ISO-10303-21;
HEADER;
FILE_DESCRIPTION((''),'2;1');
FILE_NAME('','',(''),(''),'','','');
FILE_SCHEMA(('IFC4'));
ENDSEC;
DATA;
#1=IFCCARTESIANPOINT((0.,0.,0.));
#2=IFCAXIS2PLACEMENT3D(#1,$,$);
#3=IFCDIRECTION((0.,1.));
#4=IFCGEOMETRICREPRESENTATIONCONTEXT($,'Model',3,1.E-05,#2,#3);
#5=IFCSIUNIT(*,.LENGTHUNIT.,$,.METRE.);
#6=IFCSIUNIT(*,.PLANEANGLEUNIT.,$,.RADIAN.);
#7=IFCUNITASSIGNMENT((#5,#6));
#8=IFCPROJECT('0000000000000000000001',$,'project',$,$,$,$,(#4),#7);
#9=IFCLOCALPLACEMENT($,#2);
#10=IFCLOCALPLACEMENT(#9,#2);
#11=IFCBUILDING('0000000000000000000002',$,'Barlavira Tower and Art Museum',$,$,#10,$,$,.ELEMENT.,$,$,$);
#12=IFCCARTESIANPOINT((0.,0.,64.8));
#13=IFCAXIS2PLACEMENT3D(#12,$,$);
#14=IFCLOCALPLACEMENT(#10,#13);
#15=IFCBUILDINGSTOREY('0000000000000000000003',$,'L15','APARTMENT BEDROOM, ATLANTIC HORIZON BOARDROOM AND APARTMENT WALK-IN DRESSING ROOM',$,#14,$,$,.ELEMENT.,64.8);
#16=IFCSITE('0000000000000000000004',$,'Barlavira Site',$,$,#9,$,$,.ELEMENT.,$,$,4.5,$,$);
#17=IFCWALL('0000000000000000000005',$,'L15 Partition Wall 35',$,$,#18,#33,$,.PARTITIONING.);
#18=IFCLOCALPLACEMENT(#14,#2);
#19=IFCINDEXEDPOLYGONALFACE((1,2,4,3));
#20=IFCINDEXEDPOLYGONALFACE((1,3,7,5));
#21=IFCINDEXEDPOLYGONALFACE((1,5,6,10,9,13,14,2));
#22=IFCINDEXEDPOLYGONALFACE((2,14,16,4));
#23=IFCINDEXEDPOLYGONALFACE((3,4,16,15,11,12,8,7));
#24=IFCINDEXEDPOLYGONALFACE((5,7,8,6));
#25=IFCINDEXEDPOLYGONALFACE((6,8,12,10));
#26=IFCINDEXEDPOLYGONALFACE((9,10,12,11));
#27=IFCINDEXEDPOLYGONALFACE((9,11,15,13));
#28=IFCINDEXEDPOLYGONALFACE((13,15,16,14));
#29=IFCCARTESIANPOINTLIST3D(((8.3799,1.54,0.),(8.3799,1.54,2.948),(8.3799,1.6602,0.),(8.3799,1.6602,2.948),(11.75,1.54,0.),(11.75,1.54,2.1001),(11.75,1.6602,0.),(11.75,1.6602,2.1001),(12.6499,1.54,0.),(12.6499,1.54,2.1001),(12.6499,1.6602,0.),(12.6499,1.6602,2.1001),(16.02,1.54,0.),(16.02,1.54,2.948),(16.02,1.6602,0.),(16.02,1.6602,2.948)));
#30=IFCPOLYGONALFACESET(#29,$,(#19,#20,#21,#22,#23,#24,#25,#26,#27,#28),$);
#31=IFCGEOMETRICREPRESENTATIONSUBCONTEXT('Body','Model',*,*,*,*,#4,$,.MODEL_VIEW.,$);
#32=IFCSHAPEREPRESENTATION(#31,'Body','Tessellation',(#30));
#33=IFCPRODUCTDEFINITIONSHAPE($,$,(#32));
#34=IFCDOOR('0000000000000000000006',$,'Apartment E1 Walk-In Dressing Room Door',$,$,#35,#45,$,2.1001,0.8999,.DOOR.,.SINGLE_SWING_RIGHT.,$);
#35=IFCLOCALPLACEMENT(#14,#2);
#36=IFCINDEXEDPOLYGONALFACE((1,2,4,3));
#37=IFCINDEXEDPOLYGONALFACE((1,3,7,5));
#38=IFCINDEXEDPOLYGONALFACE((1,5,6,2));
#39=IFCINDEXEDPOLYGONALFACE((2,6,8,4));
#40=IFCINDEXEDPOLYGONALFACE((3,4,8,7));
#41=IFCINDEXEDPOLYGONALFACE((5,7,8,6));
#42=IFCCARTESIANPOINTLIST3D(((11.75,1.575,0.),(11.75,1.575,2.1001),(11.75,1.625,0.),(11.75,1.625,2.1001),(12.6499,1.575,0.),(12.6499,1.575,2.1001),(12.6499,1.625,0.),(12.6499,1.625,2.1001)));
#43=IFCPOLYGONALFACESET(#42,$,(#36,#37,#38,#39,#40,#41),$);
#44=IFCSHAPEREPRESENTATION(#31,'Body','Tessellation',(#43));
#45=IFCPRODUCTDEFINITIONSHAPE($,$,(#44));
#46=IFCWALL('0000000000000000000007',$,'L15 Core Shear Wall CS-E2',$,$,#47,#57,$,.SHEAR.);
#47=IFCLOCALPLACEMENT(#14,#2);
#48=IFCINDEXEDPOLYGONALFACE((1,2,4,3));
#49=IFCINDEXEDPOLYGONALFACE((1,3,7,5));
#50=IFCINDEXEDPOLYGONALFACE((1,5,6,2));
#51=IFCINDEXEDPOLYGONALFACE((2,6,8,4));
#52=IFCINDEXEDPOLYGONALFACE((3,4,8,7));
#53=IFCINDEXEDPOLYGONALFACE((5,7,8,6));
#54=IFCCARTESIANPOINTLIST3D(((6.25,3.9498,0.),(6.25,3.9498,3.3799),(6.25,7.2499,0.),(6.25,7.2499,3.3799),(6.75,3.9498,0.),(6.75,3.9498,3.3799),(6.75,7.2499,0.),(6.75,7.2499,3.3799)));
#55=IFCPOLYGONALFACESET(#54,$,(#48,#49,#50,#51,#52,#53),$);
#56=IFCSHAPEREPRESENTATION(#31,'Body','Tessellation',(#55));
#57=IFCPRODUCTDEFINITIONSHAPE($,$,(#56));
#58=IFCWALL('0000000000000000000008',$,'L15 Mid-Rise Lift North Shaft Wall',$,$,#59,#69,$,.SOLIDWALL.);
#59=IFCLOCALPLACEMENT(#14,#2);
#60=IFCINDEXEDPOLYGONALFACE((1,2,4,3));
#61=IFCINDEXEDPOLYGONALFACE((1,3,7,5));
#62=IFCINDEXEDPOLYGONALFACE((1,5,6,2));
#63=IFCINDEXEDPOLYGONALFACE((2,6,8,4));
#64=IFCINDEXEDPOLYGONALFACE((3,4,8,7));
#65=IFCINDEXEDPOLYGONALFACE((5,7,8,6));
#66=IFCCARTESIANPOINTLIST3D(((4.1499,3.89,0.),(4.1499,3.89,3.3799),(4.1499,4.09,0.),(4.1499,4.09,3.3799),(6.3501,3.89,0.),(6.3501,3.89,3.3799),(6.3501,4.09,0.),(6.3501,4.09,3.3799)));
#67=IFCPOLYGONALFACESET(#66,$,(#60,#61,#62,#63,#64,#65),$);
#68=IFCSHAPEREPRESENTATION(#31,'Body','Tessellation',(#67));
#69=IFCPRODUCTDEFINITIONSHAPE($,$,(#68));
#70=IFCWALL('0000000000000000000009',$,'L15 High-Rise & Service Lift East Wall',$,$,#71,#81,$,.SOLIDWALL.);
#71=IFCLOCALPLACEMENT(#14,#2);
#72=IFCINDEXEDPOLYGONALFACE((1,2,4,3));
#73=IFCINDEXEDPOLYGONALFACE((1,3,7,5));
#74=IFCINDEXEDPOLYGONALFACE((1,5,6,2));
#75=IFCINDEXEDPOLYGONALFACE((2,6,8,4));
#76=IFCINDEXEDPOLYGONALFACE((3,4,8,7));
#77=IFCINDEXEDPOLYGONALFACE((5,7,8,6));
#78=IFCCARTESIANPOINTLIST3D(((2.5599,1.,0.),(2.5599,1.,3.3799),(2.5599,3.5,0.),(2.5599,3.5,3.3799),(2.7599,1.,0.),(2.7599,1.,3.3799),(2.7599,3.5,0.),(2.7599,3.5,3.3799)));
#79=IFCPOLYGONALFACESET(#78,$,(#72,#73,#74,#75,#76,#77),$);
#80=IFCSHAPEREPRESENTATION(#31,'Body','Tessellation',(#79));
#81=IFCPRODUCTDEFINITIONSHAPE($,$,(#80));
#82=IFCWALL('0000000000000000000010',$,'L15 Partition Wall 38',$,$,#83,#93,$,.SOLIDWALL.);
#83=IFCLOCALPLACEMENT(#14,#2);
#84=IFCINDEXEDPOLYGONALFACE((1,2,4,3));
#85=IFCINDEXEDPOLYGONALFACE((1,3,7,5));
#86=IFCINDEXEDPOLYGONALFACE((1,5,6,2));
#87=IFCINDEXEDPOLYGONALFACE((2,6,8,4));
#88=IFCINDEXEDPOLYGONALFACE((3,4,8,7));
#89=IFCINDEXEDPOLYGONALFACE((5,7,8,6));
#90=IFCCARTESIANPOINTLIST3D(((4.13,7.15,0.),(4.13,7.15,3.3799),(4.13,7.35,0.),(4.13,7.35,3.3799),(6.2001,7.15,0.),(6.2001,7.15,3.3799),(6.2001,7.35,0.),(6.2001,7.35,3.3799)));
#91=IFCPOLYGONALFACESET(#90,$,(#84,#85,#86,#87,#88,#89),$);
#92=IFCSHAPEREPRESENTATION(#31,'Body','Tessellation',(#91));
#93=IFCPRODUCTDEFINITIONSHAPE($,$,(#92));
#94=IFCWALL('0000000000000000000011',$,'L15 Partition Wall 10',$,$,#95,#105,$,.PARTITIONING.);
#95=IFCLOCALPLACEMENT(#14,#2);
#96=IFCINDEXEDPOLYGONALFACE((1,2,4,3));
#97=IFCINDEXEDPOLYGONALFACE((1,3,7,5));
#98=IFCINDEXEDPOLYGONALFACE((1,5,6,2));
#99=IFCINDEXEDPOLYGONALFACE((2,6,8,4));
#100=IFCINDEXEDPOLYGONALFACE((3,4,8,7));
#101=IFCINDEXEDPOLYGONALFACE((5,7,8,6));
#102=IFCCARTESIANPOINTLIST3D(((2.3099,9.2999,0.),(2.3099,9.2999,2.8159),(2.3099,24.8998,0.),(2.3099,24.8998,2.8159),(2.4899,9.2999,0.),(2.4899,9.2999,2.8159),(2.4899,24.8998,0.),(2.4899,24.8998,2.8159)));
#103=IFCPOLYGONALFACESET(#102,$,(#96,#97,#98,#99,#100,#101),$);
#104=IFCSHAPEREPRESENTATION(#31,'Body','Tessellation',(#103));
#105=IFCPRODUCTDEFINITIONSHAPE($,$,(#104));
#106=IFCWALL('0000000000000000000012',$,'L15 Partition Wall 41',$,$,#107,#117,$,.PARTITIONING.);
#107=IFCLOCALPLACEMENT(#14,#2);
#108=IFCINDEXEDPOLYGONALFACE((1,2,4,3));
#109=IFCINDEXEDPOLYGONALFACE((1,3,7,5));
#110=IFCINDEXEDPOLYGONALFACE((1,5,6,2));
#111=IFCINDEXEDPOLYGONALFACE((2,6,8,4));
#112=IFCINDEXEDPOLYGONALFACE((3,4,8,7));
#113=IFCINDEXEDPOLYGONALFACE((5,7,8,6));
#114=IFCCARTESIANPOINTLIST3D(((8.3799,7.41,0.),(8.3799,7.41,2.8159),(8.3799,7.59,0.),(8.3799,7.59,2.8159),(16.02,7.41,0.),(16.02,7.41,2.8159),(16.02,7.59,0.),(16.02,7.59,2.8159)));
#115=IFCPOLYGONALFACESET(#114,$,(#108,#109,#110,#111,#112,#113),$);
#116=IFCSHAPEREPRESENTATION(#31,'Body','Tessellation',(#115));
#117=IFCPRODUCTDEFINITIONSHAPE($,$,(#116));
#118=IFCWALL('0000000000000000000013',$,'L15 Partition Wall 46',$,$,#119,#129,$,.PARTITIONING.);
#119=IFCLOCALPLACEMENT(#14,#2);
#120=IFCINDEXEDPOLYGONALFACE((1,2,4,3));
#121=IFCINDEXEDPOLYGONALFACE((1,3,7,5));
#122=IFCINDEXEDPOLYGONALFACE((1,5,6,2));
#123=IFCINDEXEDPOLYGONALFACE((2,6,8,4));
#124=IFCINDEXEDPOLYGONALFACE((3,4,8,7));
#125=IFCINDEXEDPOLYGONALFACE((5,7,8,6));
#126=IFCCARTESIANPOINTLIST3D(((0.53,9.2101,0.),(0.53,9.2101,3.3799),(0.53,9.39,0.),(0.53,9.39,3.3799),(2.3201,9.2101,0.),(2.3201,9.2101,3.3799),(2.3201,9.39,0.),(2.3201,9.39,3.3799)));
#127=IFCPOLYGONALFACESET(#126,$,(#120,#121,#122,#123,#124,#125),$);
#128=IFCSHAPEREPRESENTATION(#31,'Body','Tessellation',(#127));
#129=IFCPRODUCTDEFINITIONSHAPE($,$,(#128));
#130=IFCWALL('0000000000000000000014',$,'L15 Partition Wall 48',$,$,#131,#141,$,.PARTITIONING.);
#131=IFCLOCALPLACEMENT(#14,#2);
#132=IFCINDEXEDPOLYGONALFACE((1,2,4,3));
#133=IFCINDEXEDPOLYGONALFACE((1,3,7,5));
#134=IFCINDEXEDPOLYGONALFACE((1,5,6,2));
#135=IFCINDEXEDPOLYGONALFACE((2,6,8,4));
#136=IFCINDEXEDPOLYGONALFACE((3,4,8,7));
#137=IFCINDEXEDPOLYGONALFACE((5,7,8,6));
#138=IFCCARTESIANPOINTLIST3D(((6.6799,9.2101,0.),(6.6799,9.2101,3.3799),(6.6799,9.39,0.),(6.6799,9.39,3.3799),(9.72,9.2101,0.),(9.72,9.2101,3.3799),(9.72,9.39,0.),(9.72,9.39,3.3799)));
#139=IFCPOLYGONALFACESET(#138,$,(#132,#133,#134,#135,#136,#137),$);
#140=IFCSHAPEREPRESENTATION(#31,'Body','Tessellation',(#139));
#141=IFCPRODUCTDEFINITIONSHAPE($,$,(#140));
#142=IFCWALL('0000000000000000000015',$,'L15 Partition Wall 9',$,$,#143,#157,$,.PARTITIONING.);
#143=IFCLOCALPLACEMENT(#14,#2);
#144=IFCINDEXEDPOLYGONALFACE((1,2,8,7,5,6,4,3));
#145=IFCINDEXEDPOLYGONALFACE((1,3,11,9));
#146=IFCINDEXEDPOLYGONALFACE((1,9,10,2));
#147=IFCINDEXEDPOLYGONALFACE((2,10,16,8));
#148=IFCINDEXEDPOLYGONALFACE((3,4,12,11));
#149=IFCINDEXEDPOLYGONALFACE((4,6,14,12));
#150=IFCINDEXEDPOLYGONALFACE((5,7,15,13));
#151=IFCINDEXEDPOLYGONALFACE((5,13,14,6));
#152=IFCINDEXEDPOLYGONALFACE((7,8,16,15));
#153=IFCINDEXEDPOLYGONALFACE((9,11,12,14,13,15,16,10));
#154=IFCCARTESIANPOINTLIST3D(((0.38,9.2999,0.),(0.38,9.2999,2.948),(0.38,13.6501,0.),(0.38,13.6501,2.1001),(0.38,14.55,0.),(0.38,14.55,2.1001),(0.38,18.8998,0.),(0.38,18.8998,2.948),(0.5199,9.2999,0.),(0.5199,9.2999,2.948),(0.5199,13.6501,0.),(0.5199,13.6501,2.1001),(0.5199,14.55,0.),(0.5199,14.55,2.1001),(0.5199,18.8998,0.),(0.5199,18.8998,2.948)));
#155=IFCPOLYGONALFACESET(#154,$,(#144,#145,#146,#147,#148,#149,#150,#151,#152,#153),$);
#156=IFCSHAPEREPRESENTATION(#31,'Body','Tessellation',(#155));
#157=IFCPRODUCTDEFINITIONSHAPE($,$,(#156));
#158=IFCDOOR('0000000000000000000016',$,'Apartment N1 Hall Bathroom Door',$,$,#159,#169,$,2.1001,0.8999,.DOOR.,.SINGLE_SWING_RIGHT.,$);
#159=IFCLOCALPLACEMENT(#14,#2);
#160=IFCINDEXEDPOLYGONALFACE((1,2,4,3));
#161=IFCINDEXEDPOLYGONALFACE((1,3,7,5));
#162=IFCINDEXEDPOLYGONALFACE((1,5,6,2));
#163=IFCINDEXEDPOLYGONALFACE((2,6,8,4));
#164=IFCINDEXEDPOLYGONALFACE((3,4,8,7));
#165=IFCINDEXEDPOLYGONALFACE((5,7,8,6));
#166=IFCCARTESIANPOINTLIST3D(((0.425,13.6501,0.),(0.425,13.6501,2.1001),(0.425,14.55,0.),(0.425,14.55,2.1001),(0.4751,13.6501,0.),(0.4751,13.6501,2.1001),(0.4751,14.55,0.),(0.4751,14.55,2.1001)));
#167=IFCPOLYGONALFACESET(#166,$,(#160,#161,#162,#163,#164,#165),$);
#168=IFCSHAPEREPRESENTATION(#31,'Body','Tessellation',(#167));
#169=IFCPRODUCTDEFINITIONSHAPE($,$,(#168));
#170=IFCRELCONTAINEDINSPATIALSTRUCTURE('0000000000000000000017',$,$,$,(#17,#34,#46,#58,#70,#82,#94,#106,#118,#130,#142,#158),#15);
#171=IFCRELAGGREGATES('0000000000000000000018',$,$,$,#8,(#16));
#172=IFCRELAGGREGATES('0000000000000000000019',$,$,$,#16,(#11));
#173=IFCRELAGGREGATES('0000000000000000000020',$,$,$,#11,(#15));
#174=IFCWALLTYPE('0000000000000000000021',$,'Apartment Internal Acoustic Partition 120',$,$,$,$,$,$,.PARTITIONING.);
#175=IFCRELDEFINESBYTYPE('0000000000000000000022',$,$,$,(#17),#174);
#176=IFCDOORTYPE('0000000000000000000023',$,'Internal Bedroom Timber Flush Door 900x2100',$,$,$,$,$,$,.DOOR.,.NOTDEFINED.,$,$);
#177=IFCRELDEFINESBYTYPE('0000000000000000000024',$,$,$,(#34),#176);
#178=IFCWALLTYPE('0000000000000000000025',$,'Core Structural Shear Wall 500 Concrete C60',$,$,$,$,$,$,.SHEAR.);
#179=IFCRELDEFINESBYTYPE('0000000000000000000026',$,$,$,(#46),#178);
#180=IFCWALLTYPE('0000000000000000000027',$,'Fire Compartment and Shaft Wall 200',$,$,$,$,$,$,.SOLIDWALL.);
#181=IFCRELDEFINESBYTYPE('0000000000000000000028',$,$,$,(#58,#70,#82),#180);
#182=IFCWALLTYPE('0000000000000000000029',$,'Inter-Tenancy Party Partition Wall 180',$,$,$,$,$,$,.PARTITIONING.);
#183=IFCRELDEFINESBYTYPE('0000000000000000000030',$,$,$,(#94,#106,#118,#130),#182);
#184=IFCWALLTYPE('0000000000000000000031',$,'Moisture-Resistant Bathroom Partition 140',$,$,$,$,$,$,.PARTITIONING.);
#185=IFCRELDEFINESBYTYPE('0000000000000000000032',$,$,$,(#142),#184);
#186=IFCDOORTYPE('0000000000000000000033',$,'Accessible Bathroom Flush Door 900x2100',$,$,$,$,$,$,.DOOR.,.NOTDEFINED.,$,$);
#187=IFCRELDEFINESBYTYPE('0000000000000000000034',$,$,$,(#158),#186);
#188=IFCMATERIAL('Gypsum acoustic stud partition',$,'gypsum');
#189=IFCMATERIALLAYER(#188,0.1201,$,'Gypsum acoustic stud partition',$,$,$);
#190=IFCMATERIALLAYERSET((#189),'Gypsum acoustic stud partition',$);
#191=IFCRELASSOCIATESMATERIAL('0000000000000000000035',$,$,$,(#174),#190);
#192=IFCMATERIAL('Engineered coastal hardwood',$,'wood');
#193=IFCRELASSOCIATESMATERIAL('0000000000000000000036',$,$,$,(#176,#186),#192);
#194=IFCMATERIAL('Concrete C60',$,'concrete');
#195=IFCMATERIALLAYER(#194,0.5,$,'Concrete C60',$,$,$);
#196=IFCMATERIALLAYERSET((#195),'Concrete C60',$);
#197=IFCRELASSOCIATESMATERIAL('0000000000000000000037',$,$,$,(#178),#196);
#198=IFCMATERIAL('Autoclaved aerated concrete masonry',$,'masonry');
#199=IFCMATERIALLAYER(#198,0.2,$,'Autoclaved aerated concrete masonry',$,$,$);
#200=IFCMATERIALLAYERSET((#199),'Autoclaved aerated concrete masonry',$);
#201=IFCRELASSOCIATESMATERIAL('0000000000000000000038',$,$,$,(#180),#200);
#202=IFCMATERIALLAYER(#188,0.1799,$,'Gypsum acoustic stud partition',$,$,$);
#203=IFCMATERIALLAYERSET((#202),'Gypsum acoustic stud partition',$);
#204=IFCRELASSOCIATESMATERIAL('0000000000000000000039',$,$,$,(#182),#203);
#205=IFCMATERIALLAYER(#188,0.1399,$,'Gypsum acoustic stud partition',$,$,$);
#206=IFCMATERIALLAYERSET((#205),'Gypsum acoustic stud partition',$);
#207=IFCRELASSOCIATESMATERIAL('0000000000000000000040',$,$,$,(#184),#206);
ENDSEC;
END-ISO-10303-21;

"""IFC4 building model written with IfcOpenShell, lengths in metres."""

from ifc_helpers import new_model, si_unit, direction, frame, frame_2d, origin, place, context, subcontext, project, spatial, rectangle, extrude, material, layer, layer_set, type_object, element, fill, save


model = new_model("IFC4")

# Units and contexts
model_context = context("Model", 3, precision=1e-05, world=origin(), true_north=direction((0.0, 1.0)))
body_context = subcontext(model_context, "Body", "Model", "MODEL_VIEW")
ifc_project = project(units=[si_unit("LENGTHUNIT", "METRE"), si_unit("PLANEANGLEUNIT", "RADIAN")], contexts=[model_context])

# Site, building, storey
site_placement = place(None, origin())
site = spatial("IfcSite", under=ifc_project, at=site_placement, Name="Barlavira Site", CompositionType="ELEMENT", RefElevation=4.5)
building_placement = place(site_placement, origin())
building = spatial("IfcBuilding", under=site, at=building_placement, Name="Barlavira Tower and Art Museum", CompositionType="ELEMENT")
storey_placement = place(building_placement, frame((0.0, 0.0, 64.8)))
storey = spatial("IfcBuildingStorey", under=building, at=storey_placement, Name="L15", Description="APARTMENT BEDROOM, ATLANTIC HORIZON BOARDROOM AND APARTMENT WALK-IN DRESSING ROOM", CompositionType="ELEMENT", Elevation=64.8)

# Wall, opening, door
ifc_material_1 = material(Name="Gypsum acoustic stud partition", Category="gypsum")
ifc_layer_1 = layer(ifc_material_1, 0.1201, Name="Gypsum acoustic stud partition")
ifc_layer_set_1 = layer_set([ifc_layer_1], Name="Gypsum acoustic stud partition")
wall_type_1 = type_object("IfcWallType", Name="Apartment Internal Acoustic Partition 120", PredefinedType="PARTITIONING", material=ifc_layer_set_1)
ifc_material_2 = material(Name="Engineered coastal hardwood", Category="wood")
wall_1_placement = place(storey_placement, frame((8.3799, 1.6001, 0.0), z_axis=(0.0, 0.0, 1.0), x_axis=(1.0, 0.0, 0.0)))
wall_1 = element("IfcWall", 1, at=wall_1_placement, inside=storey, type_object=wall_type_1, Name="L15 Partition Wall 35", PredefinedType="PARTITIONING", context=body_context, shape_type="SweptSolid", body=[
    extrude(rectangle(XDim=7.6401, YDim=0.1201, at=frame_2d((3.8201, 0.0))), origin(), (0.0, 0.0, 1.0), 2.948),
])
opening_1_placement = place(wall_1_placement, frame((3.3701, 0.0, 0.0)))
opening_1 = element("IfcOpeningElement", 2, at=opening_1_placement, cuts=wall_1, PredefinedType="OPENING", context=body_context, shape_type="SweptSolid", body=[
    extrude(rectangle(XDim=0.8999, YDim=2.1001, at=frame_2d((0.45, 1.05))), frame((0.0, 0.0701, 0.0), z_axis=(0.0, -1.0, 0.0), x_axis=(1.0, 0.0, 0.0)), (0.0, 0.0, 1.0), 0.1401),
])
door_type_1 = type_object("IfcDoorType", Name="Internal Bedroom Timber Flush Door 900x2100", OperationType="NOTDEFINED", PredefinedType="DOOR", material=ifc_material_2)
door_1_placement = place(opening_1_placement, origin())
door_1 = element("IfcDoor", 3, at=door_1_placement, inside=storey, type_object=door_type_1, Name="Apartment E1 Walk-In Dressing Room Door", OperationType="SINGLE_SWING_RIGHT", OverallHeight=2.1001, OverallWidth=0.8999, PredefinedType="DOOR", context=body_context, shape_type="SweptSolid", body=[
    extrude(rectangle(XDim=0.8999, YDim=2.1001, at=frame_2d((0.45, 1.05))), frame((0.0, 0.0249, 0.0), z_axis=(0.0, -1.0, 0.0), x_axis=(1.0, 0.0, 0.0)), (0.0, 0.0, 1.0), 0.05),
])
fill(opening_1, door_1)

# Walls
ifc_material_3 = material(Name="Concrete C60", Category="concrete")
ifc_layer_2 = layer(ifc_material_3, 0.5, Name="Concrete C60")
ifc_layer_set_2 = layer_set([ifc_layer_2], Name="Concrete C60")
wall_type_2 = type_object("IfcWallType", Name="Core Structural Shear Wall 500 Concrete C60", PredefinedType="SHEAR", material=ifc_layer_set_2)
wall_2_placement = place(storey_placement, frame((6.5, 3.95, 0.0), z_axis=(0.0, 0.0, 1.0), x_axis=(0.0, 1.0, 0.0)))
element("IfcWall", 4, at=wall_2_placement, inside=storey, type_object=wall_type_2, Name="L15 Core Shear Wall CS-E2", PredefinedType="SHEAR", context=body_context, shape_type="SweptSolid", body=[
    extrude(rectangle(XDim=3.3, YDim=0.5, at=frame_2d((1.6499, 0.0))), origin(), (0.0, 0.0, 1.0), 3.3799),
])
ifc_material_4 = material(Name="Autoclaved aerated concrete masonry", Category="masonry")
ifc_layer_3 = layer(ifc_material_4, 0.2, Name="Autoclaved aerated concrete masonry")
ifc_layer_set_3 = layer_set([ifc_layer_3], Name="Autoclaved aerated concrete masonry")
wall_type_3 = type_object("IfcWallType", Name="Fire Compartment and Shaft Wall 200", PredefinedType="SOLIDWALL", material=ifc_layer_set_3)
wall_3_placement = place(storey_placement, frame((4.1499, 3.99, 0.0), z_axis=(0.0, 0.0, 1.0), x_axis=(1.0, 0.0, 0.0)))
element("IfcWall", 5, at=wall_3_placement, inside=storey, type_object=wall_type_3, Name="L15 Mid-Rise Lift North Shaft Wall", PredefinedType="SOLIDWALL", context=body_context, shape_type="SweptSolid", body=[
    extrude(rectangle(XDim=2.2002, YDim=0.2, at=frame_2d((1.1001, 0.0))), origin(), (0.0, 0.0, 1.0), 3.3799),
])
wall_4_placement = place(storey_placement, frame((2.6599, 1.0, 0.0), z_axis=(0.0, 0.0, 1.0), x_axis=(0.0, 1.0, 0.0)))
element("IfcWall", 6, at=wall_4_placement, inside=storey, type_object=wall_type_3, Name="L15 High-Rise & Service Lift East Wall", PredefinedType="SOLIDWALL", context=body_context, shape_type="SweptSolid", body=[
    extrude(rectangle(XDim=2.5, YDim=0.2, at=frame_2d((1.25, 0.0))), origin(), (0.0, 0.0, 1.0), 3.3799),
])

# Walls
wall_5_placement = place(storey_placement, frame((4.1299, 7.25, 0.0), z_axis=(0.0, 0.0, 1.0), x_axis=(1.0, 0.0, 0.0)))
element("IfcWall", 7, at=wall_5_placement, inside=storey, type_object=wall_type_3, Name="L15 Partition Wall 38", PredefinedType="SOLIDWALL", context=body_context, shape_type="SweptSolid", body=[
    extrude(rectangle(XDim=2.0701, YDim=0.2, at=frame_2d((1.0352, 0.0))), origin(), (0.0, 0.0, 1.0), 3.3799),
])
ifc_layer_4 = layer(ifc_material_1, 0.1799, Name="Gypsum acoustic stud partition")
ifc_layer_set_4 = layer_set([ifc_layer_4], Name="Gypsum acoustic stud partition")
wall_type_4 = type_object("IfcWallType", Name="Inter-Tenancy Party Partition Wall 180", PredefinedType="PARTITIONING", material=ifc_layer_set_4)
wall_6_placement = place(storey_placement, frame((2.3999, 9.3, 0.0), z_axis=(0.0, 0.0, 1.0), x_axis=(0.0, 1.0, 0.0)))
element("IfcWall", 8, at=wall_6_placement, inside=storey, type_object=wall_type_4, Name="L15 Partition Wall 10", PredefinedType="PARTITIONING", context=body_context, shape_type="SweptSolid", body=[
    extrude(rectangle(XDim=15.5999, YDim=0.1799, at=frame_2d((7.7998, 0.0))), origin(), (0.0, 0.0, 1.0), 2.8159),
])
wall_7_placement = place(storey_placement, frame((8.3799, 7.5, 0.0), z_axis=(0.0, 0.0, 1.0), x_axis=(1.0, 0.0, 0.0)))
element("IfcWall", 9, at=wall_7_placement, inside=storey, type_object=wall_type_4, Name="L15 Partition Wall 41", PredefinedType="PARTITIONING", context=body_context, shape_type="SweptSolid", body=[
    extrude(rectangle(XDim=7.6401, YDim=0.1799, at=frame_2d((3.8201, 0.0))), origin(), (0.0, 0.0, 1.0), 2.8159),
])
wall_8_placement = place(storey_placement, frame((0.53, 9.3, 0.0), z_axis=(0.0, 0.0, 1.0), x_axis=(1.0, 0.0, 0.0)))
element("IfcWall", 10, at=wall_8_placement, inside=storey, type_object=wall_type_4, Name="L15 Partition Wall 46", PredefinedType="PARTITIONING", context=body_context, shape_type="SweptSolid", body=[
    extrude(rectangle(XDim=1.79, YDim=0.1799, at=frame_2d((0.895, 0.0))), origin(), (0.0, 0.0, 1.0), 3.3799),
])

# Wall
wall_9_placement = place(storey_placement, frame((6.6799, 9.3, 0.0), z_axis=(0.0, 0.0, 1.0), x_axis=(1.0, 0.0, 0.0)))
element("IfcWall", 11, at=wall_9_placement, inside=storey, type_object=wall_type_4, Name="L15 Partition Wall 48", PredefinedType="PARTITIONING", context=body_context, shape_type="SweptSolid", body=[
    extrude(rectangle(XDim=3.04, YDim=0.1799, at=frame_2d((1.52, 0.0))), origin(), (0.0, 0.0, 1.0), 3.3799),
])

# Wall, opening, door
ifc_layer_5 = layer(ifc_material_1, 0.1399, Name="Gypsum acoustic stud partition")
ifc_layer_set_5 = layer_set([ifc_layer_5], Name="Gypsum acoustic stud partition")
wall_type_5 = type_object("IfcWallType", Name="Moisture-Resistant Bathroom Partition 140", PredefinedType="PARTITIONING", material=ifc_layer_set_5)
wall_10_placement = place(storey_placement, frame((0.45, 9.3, 0.0), z_axis=(0.0, 0.0, 1.0), x_axis=(0.0, 1.0, 0.0)))
wall_10 = element("IfcWall", 12, at=wall_10_placement, inside=storey, type_object=wall_type_5, Name="L15 Partition Wall 9", PredefinedType="PARTITIONING", context=body_context, shape_type="SweptSolid", body=[
    extrude(rectangle(XDim=9.5999, YDim=0.1399, at=frame_2d((4.7998, 0.0))), origin(), (0.0, 0.0, 1.0), 2.948),
])
opening_2_placement = place(wall_10_placement, frame((4.3501, 0.0, 0.0)))
opening_2 = element("IfcOpeningElement", 13, at=opening_2_placement, cuts=wall_10, PredefinedType="OPENING", context=body_context, shape_type="SweptSolid", body=[
    extrude(rectangle(XDim=0.8999, YDim=2.1001, at=frame_2d((0.45, 1.05))), frame((0.0, 0.0801, 0.0), z_axis=(0.0, -1.0, 0.0), x_axis=(1.0, 0.0, 0.0)), (0.0, 0.0, 1.0), 0.1599),
])
door_type_2 = type_object("IfcDoorType", Name="Accessible Bathroom Flush Door 900x2100", OperationType="NOTDEFINED", PredefinedType="DOOR", material=ifc_material_2)
door_2_placement = place(opening_2_placement, origin())
door_2 = element("IfcDoor", 14, at=door_2_placement, inside=storey, type_object=door_type_2, Name="Apartment N1 Hall Bathroom Door", OperationType="SINGLE_SWING_RIGHT", OverallHeight=2.1001, OverallWidth=0.8999, PredefinedType="DOOR", context=body_context, shape_type="SweptSolid", body=[
    extrude(rectangle(XDim=0.8999, YDim=2.1001, at=frame_2d((0.45, 1.05))), frame((0.0, 0.0249, 0.0), z_axis=(0.0, -1.0, 0.0), x_axis=(1.0, 0.0, 0.0)), (0.0, 0.0, 1.0), 0.05),
])
fill(opening_2, door_2)

save(model, "model.ifc")
